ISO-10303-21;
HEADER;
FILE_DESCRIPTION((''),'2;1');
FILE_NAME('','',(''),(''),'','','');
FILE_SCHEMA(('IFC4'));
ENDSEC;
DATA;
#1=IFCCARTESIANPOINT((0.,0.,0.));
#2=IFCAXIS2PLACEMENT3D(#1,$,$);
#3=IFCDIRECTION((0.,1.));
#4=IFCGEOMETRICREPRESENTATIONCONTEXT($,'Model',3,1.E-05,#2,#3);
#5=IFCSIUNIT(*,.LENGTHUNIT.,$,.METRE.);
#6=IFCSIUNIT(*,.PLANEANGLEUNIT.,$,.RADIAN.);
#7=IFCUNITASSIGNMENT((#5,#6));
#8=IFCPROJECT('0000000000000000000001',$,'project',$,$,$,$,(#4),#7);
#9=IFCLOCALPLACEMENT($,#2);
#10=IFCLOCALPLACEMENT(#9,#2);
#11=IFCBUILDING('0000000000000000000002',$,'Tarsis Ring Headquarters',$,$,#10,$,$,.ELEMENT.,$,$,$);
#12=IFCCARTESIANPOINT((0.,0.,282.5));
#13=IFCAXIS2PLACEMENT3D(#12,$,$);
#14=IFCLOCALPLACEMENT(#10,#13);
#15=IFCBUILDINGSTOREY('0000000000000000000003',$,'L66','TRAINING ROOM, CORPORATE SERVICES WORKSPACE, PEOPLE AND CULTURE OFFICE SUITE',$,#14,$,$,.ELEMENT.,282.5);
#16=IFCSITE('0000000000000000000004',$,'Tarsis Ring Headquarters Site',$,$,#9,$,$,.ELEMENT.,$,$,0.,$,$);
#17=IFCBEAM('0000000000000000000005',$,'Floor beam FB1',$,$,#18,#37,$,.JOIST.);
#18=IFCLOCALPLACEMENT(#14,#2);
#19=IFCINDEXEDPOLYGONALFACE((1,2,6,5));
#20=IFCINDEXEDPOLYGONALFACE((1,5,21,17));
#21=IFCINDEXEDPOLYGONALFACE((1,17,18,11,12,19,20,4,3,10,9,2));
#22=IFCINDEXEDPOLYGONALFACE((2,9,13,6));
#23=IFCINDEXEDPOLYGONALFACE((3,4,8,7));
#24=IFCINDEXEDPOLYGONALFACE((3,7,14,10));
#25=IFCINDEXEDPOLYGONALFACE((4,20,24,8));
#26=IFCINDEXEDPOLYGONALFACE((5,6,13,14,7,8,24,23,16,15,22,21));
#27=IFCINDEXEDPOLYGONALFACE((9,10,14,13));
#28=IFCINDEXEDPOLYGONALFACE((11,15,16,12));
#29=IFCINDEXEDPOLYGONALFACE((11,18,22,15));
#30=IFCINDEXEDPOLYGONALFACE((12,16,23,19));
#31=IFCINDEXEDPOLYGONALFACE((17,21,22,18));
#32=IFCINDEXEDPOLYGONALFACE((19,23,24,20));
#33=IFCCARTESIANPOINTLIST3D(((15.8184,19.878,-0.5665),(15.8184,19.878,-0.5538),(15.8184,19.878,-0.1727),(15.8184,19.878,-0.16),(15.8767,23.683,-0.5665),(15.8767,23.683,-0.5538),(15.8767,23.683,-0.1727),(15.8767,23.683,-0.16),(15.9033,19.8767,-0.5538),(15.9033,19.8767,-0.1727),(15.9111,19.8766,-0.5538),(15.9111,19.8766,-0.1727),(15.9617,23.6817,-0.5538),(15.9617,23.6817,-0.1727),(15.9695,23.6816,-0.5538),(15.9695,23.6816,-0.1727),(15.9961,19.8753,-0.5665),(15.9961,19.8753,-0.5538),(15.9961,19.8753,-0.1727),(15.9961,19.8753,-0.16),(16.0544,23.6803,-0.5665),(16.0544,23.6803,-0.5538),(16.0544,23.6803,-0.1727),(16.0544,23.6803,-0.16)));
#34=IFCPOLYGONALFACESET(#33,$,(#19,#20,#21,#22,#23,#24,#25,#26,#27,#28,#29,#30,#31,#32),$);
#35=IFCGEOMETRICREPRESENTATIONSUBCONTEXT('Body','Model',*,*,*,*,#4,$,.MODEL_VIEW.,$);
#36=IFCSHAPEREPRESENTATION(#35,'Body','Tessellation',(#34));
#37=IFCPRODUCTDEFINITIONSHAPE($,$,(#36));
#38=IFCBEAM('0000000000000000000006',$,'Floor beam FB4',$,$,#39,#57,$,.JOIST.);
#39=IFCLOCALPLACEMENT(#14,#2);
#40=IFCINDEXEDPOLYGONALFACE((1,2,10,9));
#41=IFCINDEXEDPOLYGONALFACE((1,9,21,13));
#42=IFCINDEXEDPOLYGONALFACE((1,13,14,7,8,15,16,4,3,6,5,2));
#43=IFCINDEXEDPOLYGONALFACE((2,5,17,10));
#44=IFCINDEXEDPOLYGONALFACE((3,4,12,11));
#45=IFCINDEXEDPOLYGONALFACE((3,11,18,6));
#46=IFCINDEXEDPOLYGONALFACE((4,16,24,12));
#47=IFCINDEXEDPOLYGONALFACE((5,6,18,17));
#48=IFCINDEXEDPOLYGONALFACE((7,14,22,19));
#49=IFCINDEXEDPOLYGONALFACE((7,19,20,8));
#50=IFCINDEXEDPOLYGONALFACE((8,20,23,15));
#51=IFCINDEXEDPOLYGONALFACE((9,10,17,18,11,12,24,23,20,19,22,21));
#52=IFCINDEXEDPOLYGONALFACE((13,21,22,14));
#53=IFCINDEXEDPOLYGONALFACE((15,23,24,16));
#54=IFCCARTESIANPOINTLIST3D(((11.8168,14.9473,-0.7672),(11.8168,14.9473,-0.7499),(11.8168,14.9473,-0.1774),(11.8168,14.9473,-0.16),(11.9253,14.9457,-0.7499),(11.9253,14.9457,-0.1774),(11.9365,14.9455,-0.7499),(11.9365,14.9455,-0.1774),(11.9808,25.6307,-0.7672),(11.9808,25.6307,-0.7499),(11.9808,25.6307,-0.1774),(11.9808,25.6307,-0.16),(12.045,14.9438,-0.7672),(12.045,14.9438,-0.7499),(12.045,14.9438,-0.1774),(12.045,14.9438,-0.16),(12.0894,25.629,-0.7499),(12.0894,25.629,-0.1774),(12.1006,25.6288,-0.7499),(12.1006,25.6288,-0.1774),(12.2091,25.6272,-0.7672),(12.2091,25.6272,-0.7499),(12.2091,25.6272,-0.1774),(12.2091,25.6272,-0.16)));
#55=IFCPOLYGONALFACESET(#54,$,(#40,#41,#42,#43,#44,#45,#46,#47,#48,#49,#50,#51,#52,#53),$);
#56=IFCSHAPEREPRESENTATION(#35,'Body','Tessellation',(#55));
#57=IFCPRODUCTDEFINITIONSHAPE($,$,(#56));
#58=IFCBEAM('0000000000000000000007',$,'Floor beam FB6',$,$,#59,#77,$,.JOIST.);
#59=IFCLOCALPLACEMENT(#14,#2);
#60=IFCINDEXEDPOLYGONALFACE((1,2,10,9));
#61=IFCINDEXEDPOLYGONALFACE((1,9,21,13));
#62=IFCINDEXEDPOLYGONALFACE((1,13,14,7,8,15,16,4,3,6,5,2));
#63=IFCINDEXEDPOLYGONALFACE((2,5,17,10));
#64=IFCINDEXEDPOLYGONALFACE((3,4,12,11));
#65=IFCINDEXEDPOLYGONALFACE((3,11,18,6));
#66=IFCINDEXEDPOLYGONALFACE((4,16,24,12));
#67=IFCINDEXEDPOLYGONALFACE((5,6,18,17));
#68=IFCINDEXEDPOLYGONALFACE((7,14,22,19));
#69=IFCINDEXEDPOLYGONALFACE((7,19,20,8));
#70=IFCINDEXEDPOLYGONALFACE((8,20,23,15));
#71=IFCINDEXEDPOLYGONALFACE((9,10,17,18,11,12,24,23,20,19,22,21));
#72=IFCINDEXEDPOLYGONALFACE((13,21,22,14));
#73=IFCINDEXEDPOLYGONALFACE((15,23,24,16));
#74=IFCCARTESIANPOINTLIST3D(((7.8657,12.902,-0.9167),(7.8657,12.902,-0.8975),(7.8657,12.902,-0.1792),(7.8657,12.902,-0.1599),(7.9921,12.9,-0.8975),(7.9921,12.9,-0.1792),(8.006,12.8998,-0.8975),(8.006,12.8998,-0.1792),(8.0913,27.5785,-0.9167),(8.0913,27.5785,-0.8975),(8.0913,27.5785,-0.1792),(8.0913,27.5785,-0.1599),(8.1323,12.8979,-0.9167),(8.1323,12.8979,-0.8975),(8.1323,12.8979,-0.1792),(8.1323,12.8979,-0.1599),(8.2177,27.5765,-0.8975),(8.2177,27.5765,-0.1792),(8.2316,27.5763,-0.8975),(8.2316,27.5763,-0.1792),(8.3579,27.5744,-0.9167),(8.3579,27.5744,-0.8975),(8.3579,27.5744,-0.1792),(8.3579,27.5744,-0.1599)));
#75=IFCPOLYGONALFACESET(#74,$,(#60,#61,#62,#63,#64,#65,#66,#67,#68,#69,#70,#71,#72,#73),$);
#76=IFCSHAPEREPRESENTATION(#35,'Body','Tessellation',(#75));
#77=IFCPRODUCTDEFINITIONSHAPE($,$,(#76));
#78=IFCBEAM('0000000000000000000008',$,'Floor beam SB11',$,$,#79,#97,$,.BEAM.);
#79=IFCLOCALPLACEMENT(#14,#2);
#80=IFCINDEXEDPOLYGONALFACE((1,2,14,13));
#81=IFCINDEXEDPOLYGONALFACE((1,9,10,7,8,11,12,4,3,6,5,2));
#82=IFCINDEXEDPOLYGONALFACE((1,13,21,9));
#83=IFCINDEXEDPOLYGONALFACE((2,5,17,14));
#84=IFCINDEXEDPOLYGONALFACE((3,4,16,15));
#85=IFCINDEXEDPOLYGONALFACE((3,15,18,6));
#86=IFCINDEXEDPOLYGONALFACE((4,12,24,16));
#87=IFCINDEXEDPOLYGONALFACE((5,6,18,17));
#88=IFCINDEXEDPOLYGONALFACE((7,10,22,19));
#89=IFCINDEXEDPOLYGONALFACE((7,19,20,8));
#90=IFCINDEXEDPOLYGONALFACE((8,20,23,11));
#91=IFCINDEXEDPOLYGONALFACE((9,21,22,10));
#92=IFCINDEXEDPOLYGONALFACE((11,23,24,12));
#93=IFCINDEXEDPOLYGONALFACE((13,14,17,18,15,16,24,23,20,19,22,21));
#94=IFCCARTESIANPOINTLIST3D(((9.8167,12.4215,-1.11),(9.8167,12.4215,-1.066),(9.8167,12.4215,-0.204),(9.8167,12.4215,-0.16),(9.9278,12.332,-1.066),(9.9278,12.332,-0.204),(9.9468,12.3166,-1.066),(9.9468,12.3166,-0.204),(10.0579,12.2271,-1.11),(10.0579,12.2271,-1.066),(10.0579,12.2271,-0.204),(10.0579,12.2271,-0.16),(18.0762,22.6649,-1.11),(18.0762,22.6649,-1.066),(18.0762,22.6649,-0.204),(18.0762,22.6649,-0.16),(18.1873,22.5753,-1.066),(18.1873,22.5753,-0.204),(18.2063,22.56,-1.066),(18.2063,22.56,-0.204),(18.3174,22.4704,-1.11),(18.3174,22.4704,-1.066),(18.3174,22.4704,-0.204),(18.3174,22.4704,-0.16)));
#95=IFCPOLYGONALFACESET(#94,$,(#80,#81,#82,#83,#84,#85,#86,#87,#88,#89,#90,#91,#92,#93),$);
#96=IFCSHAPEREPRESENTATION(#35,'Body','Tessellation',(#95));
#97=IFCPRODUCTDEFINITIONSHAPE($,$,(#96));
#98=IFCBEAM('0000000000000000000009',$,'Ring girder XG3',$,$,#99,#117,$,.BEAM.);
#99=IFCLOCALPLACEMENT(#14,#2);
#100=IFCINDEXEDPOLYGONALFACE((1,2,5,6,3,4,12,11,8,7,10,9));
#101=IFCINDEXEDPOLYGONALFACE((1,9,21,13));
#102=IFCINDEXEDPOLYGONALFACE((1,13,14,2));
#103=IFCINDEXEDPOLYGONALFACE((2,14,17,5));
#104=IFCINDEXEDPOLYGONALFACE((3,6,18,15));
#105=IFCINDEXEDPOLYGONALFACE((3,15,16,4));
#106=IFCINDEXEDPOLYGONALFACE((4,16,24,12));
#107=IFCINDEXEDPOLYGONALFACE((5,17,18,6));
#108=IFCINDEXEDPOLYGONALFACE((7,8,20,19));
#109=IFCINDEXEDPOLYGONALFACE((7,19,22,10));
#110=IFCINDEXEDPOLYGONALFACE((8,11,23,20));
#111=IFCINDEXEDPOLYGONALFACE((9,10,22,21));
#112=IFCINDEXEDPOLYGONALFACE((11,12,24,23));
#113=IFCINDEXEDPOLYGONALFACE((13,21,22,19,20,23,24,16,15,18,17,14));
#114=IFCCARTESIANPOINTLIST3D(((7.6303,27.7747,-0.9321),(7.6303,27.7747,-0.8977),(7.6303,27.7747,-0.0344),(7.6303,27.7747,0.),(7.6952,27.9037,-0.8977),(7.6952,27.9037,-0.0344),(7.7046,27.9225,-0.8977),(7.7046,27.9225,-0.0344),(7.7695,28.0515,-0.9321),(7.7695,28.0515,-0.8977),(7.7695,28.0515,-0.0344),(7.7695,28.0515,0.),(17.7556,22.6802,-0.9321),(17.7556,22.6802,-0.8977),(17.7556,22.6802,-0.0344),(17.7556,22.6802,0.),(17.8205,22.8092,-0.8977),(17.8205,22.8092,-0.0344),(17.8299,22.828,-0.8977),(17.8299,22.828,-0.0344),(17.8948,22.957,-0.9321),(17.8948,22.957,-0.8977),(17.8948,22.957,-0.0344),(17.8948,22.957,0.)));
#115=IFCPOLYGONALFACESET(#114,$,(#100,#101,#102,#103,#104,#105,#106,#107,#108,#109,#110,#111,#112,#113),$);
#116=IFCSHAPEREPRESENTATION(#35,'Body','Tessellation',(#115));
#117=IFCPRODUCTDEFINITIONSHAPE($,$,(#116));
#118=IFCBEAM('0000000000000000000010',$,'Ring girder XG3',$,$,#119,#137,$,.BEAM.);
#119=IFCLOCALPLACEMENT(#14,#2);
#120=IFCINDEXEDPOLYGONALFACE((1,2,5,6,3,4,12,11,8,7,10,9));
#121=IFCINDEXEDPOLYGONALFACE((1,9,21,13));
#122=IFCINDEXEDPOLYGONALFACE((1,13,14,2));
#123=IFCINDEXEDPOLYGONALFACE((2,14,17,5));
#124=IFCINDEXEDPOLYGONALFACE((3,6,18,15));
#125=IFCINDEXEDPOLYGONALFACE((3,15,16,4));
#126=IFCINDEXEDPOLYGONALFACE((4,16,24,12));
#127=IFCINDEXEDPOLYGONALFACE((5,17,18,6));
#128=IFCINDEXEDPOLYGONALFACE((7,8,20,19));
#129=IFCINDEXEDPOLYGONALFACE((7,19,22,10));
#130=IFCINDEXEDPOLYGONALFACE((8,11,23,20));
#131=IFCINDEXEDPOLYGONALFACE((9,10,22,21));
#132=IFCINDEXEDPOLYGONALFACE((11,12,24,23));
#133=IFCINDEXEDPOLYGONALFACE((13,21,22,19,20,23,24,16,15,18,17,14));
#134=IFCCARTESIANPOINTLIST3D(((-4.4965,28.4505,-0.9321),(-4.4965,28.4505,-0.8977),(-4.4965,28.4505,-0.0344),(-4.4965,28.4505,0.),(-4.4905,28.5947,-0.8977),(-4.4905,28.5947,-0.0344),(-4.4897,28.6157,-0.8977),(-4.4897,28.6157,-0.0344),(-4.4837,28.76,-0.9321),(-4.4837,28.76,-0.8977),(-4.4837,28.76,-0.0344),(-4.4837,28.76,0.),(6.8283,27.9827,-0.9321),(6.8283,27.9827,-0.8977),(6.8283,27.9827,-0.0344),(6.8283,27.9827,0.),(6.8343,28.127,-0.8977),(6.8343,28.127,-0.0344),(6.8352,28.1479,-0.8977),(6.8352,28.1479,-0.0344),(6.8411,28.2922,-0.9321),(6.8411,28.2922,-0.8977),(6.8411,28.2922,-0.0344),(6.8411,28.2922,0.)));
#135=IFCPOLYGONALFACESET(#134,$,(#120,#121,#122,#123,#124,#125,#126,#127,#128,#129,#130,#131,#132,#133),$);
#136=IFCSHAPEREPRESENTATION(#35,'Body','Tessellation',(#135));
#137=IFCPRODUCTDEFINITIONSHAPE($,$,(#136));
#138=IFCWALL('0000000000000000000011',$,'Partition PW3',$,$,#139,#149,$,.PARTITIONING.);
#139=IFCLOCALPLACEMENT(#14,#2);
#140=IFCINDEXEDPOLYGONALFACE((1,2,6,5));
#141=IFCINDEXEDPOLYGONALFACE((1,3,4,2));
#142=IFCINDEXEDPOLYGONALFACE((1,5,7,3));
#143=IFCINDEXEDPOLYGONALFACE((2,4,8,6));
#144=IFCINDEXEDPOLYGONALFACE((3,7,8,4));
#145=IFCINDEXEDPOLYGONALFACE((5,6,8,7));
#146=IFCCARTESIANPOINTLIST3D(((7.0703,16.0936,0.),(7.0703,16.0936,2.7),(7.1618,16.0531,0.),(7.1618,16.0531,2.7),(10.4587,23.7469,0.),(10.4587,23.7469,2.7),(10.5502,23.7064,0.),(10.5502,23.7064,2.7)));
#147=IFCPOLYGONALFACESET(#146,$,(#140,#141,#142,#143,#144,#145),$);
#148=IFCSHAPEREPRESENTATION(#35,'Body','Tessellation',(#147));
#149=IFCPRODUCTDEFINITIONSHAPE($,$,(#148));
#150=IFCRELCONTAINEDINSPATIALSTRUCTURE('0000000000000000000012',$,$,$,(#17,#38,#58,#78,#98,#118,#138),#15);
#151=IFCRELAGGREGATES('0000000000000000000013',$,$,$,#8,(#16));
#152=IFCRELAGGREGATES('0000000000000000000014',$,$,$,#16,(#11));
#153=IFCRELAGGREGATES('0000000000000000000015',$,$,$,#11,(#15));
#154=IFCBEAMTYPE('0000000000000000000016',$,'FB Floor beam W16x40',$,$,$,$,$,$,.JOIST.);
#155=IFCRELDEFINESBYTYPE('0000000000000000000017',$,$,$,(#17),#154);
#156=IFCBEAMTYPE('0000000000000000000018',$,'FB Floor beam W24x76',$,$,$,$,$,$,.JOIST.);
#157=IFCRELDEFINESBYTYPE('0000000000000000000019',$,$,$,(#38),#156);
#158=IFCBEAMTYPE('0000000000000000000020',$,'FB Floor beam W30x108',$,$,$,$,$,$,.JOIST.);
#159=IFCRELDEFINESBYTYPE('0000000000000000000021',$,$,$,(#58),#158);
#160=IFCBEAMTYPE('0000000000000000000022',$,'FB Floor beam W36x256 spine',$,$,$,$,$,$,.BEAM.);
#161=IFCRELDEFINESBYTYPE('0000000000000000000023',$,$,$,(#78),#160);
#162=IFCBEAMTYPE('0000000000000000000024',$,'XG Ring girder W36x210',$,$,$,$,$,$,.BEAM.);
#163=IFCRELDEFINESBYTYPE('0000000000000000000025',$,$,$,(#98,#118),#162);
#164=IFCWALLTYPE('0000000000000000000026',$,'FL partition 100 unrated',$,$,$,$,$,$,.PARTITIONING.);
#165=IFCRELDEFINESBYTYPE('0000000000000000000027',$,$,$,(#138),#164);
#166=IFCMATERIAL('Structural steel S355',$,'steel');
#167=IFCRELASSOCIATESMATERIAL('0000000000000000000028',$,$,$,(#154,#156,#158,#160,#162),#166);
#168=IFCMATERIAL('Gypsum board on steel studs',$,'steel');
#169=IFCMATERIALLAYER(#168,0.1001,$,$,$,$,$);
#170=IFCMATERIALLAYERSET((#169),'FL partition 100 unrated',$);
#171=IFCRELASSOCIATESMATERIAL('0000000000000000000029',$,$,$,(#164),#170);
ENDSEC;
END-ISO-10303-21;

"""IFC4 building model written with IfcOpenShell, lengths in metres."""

from ifc_helpers import new_model, si_unit, direction, frame, frame_2d, origin, origin_2d, place, context, subcontext, project, spatial, rectangle, i_section, extrude, material, layer, layer_set, material_profile, profile_set, type_object, element, save


model = new_model("IFC4")

# Units and contexts
model_context = context("Model", 3, precision=1e-05, world=origin(), true_north=direction((0.0, 1.0)))
body_context = subcontext(model_context, "Body", "Model", "MODEL_VIEW")
ifc_project = project(units=[si_unit("LENGTHUNIT", "METRE"), si_unit("PLANEANGLEUNIT", "RADIAN")], contexts=[model_context])

# Site, building, storey
site_placement = place(None, origin())
site = spatial("IfcSite", under=ifc_project, at=site_placement, Name="Tarsis Ring Headquarters Site", CompositionType="ELEMENT", RefElevation=0.0)
building_placement = place(site_placement, origin())
building = spatial("IfcBuilding", under=site, at=building_placement, Name="Tarsis Ring Headquarters", CompositionType="ELEMENT")
storey_placement = place(building_placement, frame((0.0, 0.0, 282.5)))
storey = spatial("IfcBuildingStorey", under=building, at=storey_placement, Name="L66", Description="TRAINING ROOM, CORPORATE SERVICES WORKSPACE, PEOPLE AND CULTURE OFFICE SUITE", CompositionType="ELEMENT", Elevation=282.5)

# Shared definitions
ifc_material_1 = material(Name="Structural steel S355", Category="steel")

# Beams
ifc_material_profile_1 = material_profile(ifc_material_1, i_section(OverallWidth=0.1777, OverallDepth=0.4065, WebThickness=0.0078, FlangeThickness=0.0127, at=origin_2d()), Name="W16x40")
ifc_profile_set_1 = profile_set([ifc_material_profile_1], Name="Structural steel S355")
beam_type_1 = type_object("IfcBeamType", Name="FB Floor beam W16x40", PredefinedType="JOIST", material=ifc_profile_set_1)
beam_1_placement = place(storey_placement, frame((15.9656, 23.6816, -0.3633), z_axis=(-0.015333, -0.999882, 0.0), x_axis=(0.999882, -0.015333, 0.0)))
element("IfcBeam", 1, at=beam_1_placement, inside=storey, type_object=beam_type_1, Name="Floor beam FB1", PredefinedType="JOIST", context=body_context, shape_type="SweptSolid", body=[
    extrude(i_section(OverallWidth=0.1777, OverallDepth=0.4065, WebThickness=0.0078, FlangeThickness=0.0127, at=origin_2d()), origin(), (0.0, 0.0, 1.0), 3.8054),
])
ifc_material_profile_2 = material_profile(ifc_material_1, i_section(OverallWidth=0.2283, OverallDepth=0.6072, WebThickness=0.0112, FlangeThickness=0.0173, at=origin_2d()), Name="W24x76")
ifc_profile_set_2 = profile_set([ifc_material_profile_2], Name="Structural steel S355")
beam_type_2 = type_object("IfcBeamType", Name="FB Floor beam W24x76", PredefinedType="JOIST", material=ifc_profile_set_2)
beam_2_placement = place(storey_placement, frame((12.095, 25.6289, -0.4636), z_axis=(-0.015355, -0.999882, 0.0), x_axis=(0.999882, -0.015355, 0.0)))
element("IfcBeam", 2, at=beam_2_placement, inside=storey, type_object=beam_type_2, Name="Floor beam FB4", PredefinedType="JOIST", context=body_context, shape_type="SweptSolid", body=[
    extrude(i_section(OverallWidth=0.2283, OverallDepth=0.6072, WebThickness=0.0112, FlangeThickness=0.0173, at=origin_2d()), origin(), (0.0, 0.0, 1.0), 10.6846),
])
ifc_material_profile_3 = material_profile(ifc_material_1, i_section(OverallWidth=0.2666, OverallDepth=0.7568, WebThickness=0.0139, FlangeThickness=0.0193, at=origin_2d()), Name="W30x108")
ifc_profile_set_3 = profile_set([ifc_material_profile_3], Name="Structural steel S355")
beam_type_3 = type_object("IfcBeamType", Name="FB Floor beam W30x108", PredefinedType="JOIST", material=ifc_profile_set_3)
beam_3_placement = place(storey_placement, frame((8.2246, 27.5764, -0.5383), z_axis=(-0.015369, -0.999882, 0.0), x_axis=(0.999882, -0.015369, 0.0)))
element("IfcBeam", 3, at=beam_3_placement, inside=storey, type_object=beam_type_3, Name="Floor beam FB6", PredefinedType="JOIST", context=body_context, shape_type="SweptSolid", body=[
    extrude(i_section(OverallWidth=0.2666, OverallDepth=0.7568, WebThickness=0.0139, FlangeThickness=0.0193, at=origin_2d()), origin(), (0.0, 0.0, 1.0), 14.6782),
])
ifc_material_profile_4 = material_profile(ifc_material_1, i_section(OverallWidth=0.3098, OverallDepth=0.95, WebThickness=0.0244, FlangeThickness=0.0439, at=origin_2d()), Name="W36x256")
ifc_profile_set_4 = profile_set([ifc_material_profile_4], Name="Structural steel S355")
beam_type_4 = type_object("IfcBeamType", Name="FB Floor beam W36x256 spine", PredefinedType="BEAM", material=ifc_profile_set_4)
beam_4_placement = place(storey_placement, frame((18.1968, 22.5676, -0.635), z_axis=(-0.627693, -0.778461, 0.0), x_axis=(0.778461, -0.627693, 0.0)))
element("IfcBeam", 4, at=beam_4_placement, inside=storey, type_object=beam_type_4, Name="Floor beam SB11", PredefinedType="BEAM", context=body_context, shape_type="SweptSolid", body=[
    extrude(i_section(OverallWidth=0.3098, OverallDepth=0.95, WebThickness=0.0244, FlangeThickness=0.0439, at=origin_2d()), origin(), (0.0, 0.0, 1.0), 13.1584),
])
ifc_material_profile_5 = material_profile(ifc_material_1, i_section(OverallWidth=0.3098, OverallDepth=0.9321, WebThickness=0.021, FlangeThickness=0.0344, at=origin_2d()), Name="W36x210")
ifc_profile_set_5 = profile_set([ifc_material_profile_5], Name="Structural steel S355")
beam_type_5 = type_object("IfcBeamType", Name="XG Ring girder W36x210", PredefinedType="BEAM", material=ifc_profile_set_5)
beam_5_placement = place(storey_placement, frame((17.8252, 22.8186, -0.4661), z_axis=(-0.8933, 0.449461, 0.0), x_axis=(-0.449461, -0.8933, 0.0)))
element("IfcBeam", 5, at=beam_5_placement, inside=storey, type_object=beam_type_5, Name="Ring girder XG3", PredefinedType="BEAM", context=body_context, shape_type="SweptSolid", body=[
    extrude(i_section(OverallWidth=0.3098, OverallDepth=0.9321, WebThickness=0.021, FlangeThickness=0.0344, at=origin_2d()), origin(), (0.0, 0.0, 1.0), 11.3347),
])
beam_6_placement = place(storey_placement, frame((6.8347, 28.1375, -0.4661), z_axis=(-0.999148, 0.04127, 0.0), x_axis=(-0.04127, -0.999148, 0.0)))
element("IfcBeam", 6, at=beam_6_placement, inside=storey, type_object=beam_type_5, Name="Ring girder XG3", PredefinedType="BEAM", context=body_context, shape_type="SweptSolid", body=[
    extrude(i_section(OverallWidth=0.3098, OverallDepth=0.9321, WebThickness=0.021, FlangeThickness=0.0344, at=origin_2d()), origin(), (0.0, 0.0, 1.0), 11.3345),
])

# Wall
ifc_material_2 = material(Name="Gypsum board on steel studs", Category="steel")
ifc_layer_1 = layer(ifc_material_2, 0.1001)
ifc_layer_set_1 = layer_set([ifc_layer_1], Name="FL partition 100 unrated")
wall_type_1 = type_object("IfcWallType", Name="FL partition 100 unrated", PredefinedType="PARTITIONING", material=ifc_layer_set_1)
wall_1_placement = place(storey_placement, frame((7.116, 16.0732, 0.0), z_axis=(0.0, 0.0, 1.0), x_axis=(0.404836, 0.914389, 0.0)))
element("IfcWall", 7, at=wall_1_placement, inside=storey, type_object=wall_type_1, Name="Partition PW3", PredefinedType="PARTITIONING", context=body_context, shape_type="SweptSolid", body=[
    extrude(rectangle(XDim=8.3699, YDim=0.1001, at=frame_2d((4.1851, 0.0))), origin(), (0.0, 0.0, 1.0), 2.7),
])

save(model, "model.ifc")
